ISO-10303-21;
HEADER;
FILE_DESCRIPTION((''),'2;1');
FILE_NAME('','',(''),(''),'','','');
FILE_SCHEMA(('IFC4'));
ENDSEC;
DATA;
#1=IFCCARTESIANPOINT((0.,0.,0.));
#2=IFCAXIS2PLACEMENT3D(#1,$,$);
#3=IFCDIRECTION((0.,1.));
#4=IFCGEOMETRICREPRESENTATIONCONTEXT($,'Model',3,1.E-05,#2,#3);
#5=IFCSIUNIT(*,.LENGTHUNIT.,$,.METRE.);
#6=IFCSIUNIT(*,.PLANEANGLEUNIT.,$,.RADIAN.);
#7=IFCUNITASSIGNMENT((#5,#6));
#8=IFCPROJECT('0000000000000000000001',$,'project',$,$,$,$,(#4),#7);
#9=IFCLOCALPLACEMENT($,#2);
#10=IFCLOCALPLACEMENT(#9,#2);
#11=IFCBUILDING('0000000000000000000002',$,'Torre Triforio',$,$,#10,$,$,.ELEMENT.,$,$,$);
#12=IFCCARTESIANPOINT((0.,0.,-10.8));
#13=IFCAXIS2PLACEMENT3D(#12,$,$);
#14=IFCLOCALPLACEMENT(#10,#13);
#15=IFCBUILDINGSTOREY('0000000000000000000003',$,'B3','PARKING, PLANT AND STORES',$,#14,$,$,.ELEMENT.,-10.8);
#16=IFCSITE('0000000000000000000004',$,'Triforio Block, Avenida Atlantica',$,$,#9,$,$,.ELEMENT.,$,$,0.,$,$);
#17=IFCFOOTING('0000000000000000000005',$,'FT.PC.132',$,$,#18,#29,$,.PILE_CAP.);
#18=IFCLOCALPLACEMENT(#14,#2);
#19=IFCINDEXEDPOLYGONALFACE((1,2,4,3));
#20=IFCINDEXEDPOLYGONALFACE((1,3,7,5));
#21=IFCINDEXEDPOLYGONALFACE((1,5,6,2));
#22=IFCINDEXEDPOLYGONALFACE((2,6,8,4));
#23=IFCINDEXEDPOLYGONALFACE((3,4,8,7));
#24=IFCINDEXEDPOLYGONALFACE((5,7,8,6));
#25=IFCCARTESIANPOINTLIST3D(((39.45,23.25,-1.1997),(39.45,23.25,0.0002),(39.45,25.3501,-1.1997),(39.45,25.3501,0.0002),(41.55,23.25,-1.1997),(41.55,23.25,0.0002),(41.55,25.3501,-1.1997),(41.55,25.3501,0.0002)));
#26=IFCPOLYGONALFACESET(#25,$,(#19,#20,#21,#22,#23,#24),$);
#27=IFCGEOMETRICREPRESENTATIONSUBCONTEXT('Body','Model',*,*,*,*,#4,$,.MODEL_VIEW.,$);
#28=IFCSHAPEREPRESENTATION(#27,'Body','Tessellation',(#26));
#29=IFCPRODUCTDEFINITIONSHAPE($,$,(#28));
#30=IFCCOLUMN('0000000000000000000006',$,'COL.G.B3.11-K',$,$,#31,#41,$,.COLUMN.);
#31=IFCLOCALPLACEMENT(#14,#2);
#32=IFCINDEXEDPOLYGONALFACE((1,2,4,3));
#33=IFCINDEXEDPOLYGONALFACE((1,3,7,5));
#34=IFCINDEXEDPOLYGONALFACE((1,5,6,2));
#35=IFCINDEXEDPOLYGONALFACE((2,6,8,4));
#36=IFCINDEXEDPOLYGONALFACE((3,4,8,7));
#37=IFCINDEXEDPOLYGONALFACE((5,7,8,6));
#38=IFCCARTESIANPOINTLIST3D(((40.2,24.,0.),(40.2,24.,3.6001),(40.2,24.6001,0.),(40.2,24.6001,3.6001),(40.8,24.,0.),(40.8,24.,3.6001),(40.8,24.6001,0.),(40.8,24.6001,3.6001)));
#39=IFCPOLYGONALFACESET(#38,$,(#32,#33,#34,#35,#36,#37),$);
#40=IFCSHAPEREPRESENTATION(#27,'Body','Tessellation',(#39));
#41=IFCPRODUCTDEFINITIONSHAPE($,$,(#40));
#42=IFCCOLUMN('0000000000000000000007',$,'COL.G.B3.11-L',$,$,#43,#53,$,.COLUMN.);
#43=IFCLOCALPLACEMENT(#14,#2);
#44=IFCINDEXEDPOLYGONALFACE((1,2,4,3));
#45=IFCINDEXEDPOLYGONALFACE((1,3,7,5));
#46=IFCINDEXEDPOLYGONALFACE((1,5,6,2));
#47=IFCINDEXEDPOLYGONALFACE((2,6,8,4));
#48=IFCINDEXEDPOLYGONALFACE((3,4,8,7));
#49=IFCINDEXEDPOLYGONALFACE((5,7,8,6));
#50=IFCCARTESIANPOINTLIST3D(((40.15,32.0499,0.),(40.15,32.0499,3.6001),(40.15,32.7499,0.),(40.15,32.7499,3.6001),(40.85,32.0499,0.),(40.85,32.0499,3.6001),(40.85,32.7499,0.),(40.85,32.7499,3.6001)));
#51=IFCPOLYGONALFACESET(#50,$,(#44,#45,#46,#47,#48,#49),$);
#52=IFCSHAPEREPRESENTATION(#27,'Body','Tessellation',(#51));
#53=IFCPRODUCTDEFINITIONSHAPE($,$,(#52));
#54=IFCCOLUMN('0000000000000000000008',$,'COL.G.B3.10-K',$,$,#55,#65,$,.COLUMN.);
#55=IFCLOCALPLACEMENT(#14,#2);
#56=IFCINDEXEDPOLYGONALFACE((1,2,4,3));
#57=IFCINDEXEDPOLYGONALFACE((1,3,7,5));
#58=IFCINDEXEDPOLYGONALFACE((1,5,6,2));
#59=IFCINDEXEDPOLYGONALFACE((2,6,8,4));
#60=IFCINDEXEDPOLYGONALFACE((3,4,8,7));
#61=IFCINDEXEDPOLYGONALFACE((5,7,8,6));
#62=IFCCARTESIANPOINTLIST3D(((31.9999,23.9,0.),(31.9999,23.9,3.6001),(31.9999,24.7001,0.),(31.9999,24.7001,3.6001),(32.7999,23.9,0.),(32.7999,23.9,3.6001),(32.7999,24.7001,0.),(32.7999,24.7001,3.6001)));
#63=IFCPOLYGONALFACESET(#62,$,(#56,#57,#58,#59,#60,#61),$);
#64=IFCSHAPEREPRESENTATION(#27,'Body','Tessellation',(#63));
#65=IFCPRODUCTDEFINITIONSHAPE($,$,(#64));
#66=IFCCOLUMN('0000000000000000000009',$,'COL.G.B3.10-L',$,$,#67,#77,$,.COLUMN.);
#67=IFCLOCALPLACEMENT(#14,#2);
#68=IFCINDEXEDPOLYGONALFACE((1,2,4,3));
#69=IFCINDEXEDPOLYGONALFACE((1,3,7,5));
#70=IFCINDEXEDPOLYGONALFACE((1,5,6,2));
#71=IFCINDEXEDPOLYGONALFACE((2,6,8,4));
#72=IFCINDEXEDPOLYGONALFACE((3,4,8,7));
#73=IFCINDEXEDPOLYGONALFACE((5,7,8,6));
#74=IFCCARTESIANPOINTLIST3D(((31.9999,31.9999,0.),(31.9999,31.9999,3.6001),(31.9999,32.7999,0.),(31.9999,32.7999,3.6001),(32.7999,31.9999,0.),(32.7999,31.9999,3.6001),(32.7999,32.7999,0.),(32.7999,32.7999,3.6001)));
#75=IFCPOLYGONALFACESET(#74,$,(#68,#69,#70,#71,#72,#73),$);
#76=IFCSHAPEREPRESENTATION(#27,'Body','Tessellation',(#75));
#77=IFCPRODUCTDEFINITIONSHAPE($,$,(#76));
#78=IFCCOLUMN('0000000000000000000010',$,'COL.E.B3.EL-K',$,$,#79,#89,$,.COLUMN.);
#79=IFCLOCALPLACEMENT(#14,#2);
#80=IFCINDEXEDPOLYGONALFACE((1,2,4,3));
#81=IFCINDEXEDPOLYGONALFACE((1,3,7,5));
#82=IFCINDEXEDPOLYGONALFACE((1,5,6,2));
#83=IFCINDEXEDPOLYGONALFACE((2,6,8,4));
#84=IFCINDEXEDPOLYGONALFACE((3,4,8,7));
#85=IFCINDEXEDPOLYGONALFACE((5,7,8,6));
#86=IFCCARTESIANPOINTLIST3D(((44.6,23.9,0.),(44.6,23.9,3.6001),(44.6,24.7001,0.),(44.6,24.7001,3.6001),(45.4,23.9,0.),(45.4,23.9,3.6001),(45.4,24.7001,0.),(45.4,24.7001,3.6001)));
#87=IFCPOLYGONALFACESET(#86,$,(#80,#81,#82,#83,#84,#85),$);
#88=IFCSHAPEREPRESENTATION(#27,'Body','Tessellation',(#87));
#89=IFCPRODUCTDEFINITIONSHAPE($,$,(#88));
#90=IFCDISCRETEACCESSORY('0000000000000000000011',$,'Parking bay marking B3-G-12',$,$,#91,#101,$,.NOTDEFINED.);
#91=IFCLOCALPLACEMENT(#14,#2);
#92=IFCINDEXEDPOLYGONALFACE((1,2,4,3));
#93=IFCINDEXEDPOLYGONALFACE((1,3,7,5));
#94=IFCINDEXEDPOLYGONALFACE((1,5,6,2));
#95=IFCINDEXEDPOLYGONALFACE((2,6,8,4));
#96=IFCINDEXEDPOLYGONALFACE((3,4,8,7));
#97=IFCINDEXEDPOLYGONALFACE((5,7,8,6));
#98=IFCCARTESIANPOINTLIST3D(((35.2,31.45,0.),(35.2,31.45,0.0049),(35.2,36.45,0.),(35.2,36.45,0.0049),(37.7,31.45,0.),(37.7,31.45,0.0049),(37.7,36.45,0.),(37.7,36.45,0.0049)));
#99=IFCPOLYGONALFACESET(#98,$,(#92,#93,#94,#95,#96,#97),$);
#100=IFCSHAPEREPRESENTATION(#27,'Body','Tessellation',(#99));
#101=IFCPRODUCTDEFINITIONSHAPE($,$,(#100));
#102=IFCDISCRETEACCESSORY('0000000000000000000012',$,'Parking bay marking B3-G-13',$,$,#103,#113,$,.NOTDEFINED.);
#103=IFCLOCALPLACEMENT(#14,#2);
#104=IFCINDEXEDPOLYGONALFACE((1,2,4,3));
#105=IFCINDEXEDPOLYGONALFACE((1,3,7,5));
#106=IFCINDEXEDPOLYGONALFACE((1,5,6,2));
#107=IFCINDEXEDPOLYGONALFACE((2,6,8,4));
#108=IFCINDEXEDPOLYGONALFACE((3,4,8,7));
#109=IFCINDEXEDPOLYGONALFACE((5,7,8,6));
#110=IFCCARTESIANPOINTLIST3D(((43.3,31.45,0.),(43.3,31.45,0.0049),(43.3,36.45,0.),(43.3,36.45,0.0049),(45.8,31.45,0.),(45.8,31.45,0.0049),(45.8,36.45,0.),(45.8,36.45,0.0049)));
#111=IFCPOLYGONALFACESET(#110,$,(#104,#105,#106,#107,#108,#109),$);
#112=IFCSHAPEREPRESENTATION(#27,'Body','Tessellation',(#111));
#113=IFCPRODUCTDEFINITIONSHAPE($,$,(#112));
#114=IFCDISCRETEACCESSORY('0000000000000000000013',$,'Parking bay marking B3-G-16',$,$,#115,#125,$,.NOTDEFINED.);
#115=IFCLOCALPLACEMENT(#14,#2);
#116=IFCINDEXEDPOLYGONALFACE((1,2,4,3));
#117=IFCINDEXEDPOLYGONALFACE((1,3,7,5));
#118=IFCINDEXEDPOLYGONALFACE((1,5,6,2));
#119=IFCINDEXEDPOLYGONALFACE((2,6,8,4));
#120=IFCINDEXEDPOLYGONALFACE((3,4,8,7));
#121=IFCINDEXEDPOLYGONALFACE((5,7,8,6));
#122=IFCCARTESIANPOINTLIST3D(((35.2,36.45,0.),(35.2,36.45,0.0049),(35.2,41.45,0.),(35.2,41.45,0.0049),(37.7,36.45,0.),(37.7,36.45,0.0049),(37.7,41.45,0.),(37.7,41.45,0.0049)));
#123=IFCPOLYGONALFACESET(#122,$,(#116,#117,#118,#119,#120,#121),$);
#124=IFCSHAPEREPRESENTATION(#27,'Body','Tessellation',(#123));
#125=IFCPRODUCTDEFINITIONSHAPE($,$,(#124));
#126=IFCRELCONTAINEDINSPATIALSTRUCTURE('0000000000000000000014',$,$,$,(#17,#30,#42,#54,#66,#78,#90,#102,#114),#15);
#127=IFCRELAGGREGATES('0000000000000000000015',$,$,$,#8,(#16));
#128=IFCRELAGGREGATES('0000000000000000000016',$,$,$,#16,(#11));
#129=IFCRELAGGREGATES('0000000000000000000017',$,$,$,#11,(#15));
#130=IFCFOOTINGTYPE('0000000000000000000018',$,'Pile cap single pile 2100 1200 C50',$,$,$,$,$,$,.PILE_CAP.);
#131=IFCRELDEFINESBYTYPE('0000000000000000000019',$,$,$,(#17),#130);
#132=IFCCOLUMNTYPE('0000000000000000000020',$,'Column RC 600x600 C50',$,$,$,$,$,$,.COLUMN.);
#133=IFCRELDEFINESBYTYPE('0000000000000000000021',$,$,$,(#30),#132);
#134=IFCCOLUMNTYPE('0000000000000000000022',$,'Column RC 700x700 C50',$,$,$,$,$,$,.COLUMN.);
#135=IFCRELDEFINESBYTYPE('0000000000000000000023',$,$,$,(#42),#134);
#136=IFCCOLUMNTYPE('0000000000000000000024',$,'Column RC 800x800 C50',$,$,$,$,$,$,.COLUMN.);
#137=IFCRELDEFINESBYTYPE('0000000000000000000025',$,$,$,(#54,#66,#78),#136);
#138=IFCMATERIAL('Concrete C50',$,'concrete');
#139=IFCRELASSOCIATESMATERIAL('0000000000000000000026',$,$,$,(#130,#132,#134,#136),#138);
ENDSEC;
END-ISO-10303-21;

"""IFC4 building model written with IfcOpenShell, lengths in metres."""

from ifc_helpers import new_model, si_unit, direction, frame, origin, origin_2d, place, context, subcontext, project, spatial, rectangle, extrude, material, material_profile, profile_set, type_object, element, save


model = new_model("IFC4")

# Units and contexts
model_context = context("Model", 3, precision=1e-05, world=origin(), true_north=direction((0.0, 1.0)))
body_context = subcontext(model_context, "Body", "Model", "MODEL_VIEW")
ifc_project = project(units=[si_unit("LENGTHUNIT", "METRE"), si_unit("PLANEANGLEUNIT", "RADIAN")], contexts=[model_context])

# Site, building, storey
site_placement = place(None, origin())
site = spatial("IfcSite", under=ifc_project, at=site_placement, Name="Triforio Block, Avenida Atlantica", CompositionType="ELEMENT", RefElevation=0.0)
building_placement = place(site_placement, origin())
building = spatial("IfcBuilding", under=site, at=building_placement, Name="Torre Triforio", CompositionType="ELEMENT")
storey_placement = place(building_placement, frame((0.0, 0.0, -10.8)))
storey = spatial("IfcBuildingStorey", under=building, at=storey_placement, Name="B3", Description="PARKING, PLANT AND STORES", CompositionType="ELEMENT", Elevation=-10.8)

# Footing
ifc_material_1 = material(Name="Concrete C50", Category="concrete")
footing_type_1 = type_object("IfcFootingType", Name="Pile cap single pile 2100 1200 C50", PredefinedType="PILE_CAP", material=ifc_material_1)
footing_placement = place(storey_placement, frame((40.5, 24.3, -1.1997), z_axis=(0.0, 0.0, 1.0), x_axis=(1.0, 0.0, 0.0)))
element("IfcFooting", 1, at=footing_placement, inside=storey, type_object=footing_type_1, Name="FT.PC.132", PredefinedType="PILE_CAP", context=body_context, shape_type="SweptSolid", body=[
    extrude(rectangle(XDim=2.1001, YDim=2.1001, at=origin_2d()), origin(), (0.0, 0.0, 1.0), 1.2),
])

# Columns
ifc_material_profile_1 = material_profile(ifc_material_1, rectangle(XDim=0.6001, YDim=0.6001, at=origin_2d()), Name="RC 600x600")
ifc_profile_set_1 = profile_set([ifc_material_profile_1], Name="Concrete C50")
column_type_1 = type_object("IfcColumnType", Name="Column RC 600x600 C50", PredefinedType="COLUMN", material=ifc_profile_set_1)
column_1_placement = place(storey_placement, frame((40.5, 24.3, 0.0), z_axis=(0.0, 0.0, 1.0), x_axis=(1.0, 0.0, 0.0)))
element("IfcColumn", 2, at=column_1_placement, inside=storey, type_object=column_type_1, Name="COL.G.B3.11-K", PredefinedType="COLUMN", context=body_context, shape_type="SweptSolid", body=[
    extrude(rectangle(XDim=0.6001, YDim=0.6001, at=origin_2d()), origin(), (0.0, 0.0, 1.0), 3.6001),
])
ifc_material_profile_2 = material_profile(ifc_material_1, rectangle(XDim=0.7, YDim=0.7, at=origin_2d()), Name="RC 700x700")
ifc_profile_set_2 = profile_set([ifc_material_profile_2], Name="Concrete C50")
column_type_2 = type_object("IfcColumnType", Name="Column RC 700x700 C50", PredefinedType="COLUMN", material=ifc_profile_set_2)
column_2_placement = place(storey_placement, frame((40.5, 32.3999, 0.0), z_axis=(0.0, 0.0, 1.0), x_axis=(1.0, 0.0, 0.0)))
element("IfcColumn", 3, at=column_2_placement, inside=storey, type_object=column_type_2, Name="COL.G.B3.11-L", PredefinedType="COLUMN", context=body_context, shape_type="SweptSolid", body=[
    extrude(rectangle(XDim=0.7, YDim=0.7, at=origin_2d()), origin(), (0.0, 0.0, 1.0), 3.6001),
])
ifc_material_profile_3 = material_profile(ifc_material_1, rectangle(XDim=0.8, YDim=0.8, at=origin_2d()), Name="RC 800x800")
ifc_profile_set_3 = profile_set([ifc_material_profile_3], Name="Concrete C50")
column_type_3 = type_object("IfcColumnType", Name="Column RC 800x800 C50", PredefinedType="COLUMN", material=ifc_profile_set_3)
for number, where, z_axis, x_axis, name in (
    (4, (32.3999, 24.3, 0.0), (0.0, 0.0, 1.0), (1.0, 0.0, 0.0), "COL.G.B3.10-K"),
    (5, (32.3999, 32.3999, 0.0), (0.0, 0.0, 1.0), (1.0, 0.0, 0.0), "COL.G.B3.10-L"),
    (6, (45.0, 24.3, 0.0), (0.0, 0.0, 1.0), (1.0, 0.0, 0.0), "COL.E.B3.EL-K"),
):
    element("IfcColumn", number, at=place(storey_placement, frame(where, z_axis=z_axis, x_axis=x_axis)), inside=storey, type_object=column_type_3, Name=name, PredefinedType="COLUMN", context=body_context, shape_type="SweptSolid", body=[
        extrude(rectangle(XDim=0.8, YDim=0.8, at=origin_2d()), origin(), (0.0, 0.0, 1.0), 3.6001),
    ])

# Discrete accessories
for number, where, z_axis, x_axis, name in (
    (7, (36.45, 33.95, 0.0), (0.0, 0.0, 1.0), (1.0, 0.0, 0.0), "Parking bay marking B3-G-12"),
    (8, (44.55, 33.95, 0.0), (0.0, 0.0, 1.0), (1.0, 0.0, 0.0), "Parking bay marking B3-G-13"),
    (9, (36.45, 38.95, 0.0), (0.0, 0.0, 1.0), (1.0, 0.0, 0.0), "Parking bay marking B3-G-16"),
):
    element("IfcDiscreteAccessory", number, at=place(storey_placement, frame(where, z_axis=z_axis, x_axis=x_axis)), inside=storey, Name=name, PredefinedType="NOTDEFINED", context=body_context, shape_type="SweptSolid", body=[
        extrude(rectangle(XDim=2.5, YDim=5.0, at=origin_2d()), origin(), (0.0, 0.0, 1.0), 0.0049),
    ])

save(model, "model.ifc")
